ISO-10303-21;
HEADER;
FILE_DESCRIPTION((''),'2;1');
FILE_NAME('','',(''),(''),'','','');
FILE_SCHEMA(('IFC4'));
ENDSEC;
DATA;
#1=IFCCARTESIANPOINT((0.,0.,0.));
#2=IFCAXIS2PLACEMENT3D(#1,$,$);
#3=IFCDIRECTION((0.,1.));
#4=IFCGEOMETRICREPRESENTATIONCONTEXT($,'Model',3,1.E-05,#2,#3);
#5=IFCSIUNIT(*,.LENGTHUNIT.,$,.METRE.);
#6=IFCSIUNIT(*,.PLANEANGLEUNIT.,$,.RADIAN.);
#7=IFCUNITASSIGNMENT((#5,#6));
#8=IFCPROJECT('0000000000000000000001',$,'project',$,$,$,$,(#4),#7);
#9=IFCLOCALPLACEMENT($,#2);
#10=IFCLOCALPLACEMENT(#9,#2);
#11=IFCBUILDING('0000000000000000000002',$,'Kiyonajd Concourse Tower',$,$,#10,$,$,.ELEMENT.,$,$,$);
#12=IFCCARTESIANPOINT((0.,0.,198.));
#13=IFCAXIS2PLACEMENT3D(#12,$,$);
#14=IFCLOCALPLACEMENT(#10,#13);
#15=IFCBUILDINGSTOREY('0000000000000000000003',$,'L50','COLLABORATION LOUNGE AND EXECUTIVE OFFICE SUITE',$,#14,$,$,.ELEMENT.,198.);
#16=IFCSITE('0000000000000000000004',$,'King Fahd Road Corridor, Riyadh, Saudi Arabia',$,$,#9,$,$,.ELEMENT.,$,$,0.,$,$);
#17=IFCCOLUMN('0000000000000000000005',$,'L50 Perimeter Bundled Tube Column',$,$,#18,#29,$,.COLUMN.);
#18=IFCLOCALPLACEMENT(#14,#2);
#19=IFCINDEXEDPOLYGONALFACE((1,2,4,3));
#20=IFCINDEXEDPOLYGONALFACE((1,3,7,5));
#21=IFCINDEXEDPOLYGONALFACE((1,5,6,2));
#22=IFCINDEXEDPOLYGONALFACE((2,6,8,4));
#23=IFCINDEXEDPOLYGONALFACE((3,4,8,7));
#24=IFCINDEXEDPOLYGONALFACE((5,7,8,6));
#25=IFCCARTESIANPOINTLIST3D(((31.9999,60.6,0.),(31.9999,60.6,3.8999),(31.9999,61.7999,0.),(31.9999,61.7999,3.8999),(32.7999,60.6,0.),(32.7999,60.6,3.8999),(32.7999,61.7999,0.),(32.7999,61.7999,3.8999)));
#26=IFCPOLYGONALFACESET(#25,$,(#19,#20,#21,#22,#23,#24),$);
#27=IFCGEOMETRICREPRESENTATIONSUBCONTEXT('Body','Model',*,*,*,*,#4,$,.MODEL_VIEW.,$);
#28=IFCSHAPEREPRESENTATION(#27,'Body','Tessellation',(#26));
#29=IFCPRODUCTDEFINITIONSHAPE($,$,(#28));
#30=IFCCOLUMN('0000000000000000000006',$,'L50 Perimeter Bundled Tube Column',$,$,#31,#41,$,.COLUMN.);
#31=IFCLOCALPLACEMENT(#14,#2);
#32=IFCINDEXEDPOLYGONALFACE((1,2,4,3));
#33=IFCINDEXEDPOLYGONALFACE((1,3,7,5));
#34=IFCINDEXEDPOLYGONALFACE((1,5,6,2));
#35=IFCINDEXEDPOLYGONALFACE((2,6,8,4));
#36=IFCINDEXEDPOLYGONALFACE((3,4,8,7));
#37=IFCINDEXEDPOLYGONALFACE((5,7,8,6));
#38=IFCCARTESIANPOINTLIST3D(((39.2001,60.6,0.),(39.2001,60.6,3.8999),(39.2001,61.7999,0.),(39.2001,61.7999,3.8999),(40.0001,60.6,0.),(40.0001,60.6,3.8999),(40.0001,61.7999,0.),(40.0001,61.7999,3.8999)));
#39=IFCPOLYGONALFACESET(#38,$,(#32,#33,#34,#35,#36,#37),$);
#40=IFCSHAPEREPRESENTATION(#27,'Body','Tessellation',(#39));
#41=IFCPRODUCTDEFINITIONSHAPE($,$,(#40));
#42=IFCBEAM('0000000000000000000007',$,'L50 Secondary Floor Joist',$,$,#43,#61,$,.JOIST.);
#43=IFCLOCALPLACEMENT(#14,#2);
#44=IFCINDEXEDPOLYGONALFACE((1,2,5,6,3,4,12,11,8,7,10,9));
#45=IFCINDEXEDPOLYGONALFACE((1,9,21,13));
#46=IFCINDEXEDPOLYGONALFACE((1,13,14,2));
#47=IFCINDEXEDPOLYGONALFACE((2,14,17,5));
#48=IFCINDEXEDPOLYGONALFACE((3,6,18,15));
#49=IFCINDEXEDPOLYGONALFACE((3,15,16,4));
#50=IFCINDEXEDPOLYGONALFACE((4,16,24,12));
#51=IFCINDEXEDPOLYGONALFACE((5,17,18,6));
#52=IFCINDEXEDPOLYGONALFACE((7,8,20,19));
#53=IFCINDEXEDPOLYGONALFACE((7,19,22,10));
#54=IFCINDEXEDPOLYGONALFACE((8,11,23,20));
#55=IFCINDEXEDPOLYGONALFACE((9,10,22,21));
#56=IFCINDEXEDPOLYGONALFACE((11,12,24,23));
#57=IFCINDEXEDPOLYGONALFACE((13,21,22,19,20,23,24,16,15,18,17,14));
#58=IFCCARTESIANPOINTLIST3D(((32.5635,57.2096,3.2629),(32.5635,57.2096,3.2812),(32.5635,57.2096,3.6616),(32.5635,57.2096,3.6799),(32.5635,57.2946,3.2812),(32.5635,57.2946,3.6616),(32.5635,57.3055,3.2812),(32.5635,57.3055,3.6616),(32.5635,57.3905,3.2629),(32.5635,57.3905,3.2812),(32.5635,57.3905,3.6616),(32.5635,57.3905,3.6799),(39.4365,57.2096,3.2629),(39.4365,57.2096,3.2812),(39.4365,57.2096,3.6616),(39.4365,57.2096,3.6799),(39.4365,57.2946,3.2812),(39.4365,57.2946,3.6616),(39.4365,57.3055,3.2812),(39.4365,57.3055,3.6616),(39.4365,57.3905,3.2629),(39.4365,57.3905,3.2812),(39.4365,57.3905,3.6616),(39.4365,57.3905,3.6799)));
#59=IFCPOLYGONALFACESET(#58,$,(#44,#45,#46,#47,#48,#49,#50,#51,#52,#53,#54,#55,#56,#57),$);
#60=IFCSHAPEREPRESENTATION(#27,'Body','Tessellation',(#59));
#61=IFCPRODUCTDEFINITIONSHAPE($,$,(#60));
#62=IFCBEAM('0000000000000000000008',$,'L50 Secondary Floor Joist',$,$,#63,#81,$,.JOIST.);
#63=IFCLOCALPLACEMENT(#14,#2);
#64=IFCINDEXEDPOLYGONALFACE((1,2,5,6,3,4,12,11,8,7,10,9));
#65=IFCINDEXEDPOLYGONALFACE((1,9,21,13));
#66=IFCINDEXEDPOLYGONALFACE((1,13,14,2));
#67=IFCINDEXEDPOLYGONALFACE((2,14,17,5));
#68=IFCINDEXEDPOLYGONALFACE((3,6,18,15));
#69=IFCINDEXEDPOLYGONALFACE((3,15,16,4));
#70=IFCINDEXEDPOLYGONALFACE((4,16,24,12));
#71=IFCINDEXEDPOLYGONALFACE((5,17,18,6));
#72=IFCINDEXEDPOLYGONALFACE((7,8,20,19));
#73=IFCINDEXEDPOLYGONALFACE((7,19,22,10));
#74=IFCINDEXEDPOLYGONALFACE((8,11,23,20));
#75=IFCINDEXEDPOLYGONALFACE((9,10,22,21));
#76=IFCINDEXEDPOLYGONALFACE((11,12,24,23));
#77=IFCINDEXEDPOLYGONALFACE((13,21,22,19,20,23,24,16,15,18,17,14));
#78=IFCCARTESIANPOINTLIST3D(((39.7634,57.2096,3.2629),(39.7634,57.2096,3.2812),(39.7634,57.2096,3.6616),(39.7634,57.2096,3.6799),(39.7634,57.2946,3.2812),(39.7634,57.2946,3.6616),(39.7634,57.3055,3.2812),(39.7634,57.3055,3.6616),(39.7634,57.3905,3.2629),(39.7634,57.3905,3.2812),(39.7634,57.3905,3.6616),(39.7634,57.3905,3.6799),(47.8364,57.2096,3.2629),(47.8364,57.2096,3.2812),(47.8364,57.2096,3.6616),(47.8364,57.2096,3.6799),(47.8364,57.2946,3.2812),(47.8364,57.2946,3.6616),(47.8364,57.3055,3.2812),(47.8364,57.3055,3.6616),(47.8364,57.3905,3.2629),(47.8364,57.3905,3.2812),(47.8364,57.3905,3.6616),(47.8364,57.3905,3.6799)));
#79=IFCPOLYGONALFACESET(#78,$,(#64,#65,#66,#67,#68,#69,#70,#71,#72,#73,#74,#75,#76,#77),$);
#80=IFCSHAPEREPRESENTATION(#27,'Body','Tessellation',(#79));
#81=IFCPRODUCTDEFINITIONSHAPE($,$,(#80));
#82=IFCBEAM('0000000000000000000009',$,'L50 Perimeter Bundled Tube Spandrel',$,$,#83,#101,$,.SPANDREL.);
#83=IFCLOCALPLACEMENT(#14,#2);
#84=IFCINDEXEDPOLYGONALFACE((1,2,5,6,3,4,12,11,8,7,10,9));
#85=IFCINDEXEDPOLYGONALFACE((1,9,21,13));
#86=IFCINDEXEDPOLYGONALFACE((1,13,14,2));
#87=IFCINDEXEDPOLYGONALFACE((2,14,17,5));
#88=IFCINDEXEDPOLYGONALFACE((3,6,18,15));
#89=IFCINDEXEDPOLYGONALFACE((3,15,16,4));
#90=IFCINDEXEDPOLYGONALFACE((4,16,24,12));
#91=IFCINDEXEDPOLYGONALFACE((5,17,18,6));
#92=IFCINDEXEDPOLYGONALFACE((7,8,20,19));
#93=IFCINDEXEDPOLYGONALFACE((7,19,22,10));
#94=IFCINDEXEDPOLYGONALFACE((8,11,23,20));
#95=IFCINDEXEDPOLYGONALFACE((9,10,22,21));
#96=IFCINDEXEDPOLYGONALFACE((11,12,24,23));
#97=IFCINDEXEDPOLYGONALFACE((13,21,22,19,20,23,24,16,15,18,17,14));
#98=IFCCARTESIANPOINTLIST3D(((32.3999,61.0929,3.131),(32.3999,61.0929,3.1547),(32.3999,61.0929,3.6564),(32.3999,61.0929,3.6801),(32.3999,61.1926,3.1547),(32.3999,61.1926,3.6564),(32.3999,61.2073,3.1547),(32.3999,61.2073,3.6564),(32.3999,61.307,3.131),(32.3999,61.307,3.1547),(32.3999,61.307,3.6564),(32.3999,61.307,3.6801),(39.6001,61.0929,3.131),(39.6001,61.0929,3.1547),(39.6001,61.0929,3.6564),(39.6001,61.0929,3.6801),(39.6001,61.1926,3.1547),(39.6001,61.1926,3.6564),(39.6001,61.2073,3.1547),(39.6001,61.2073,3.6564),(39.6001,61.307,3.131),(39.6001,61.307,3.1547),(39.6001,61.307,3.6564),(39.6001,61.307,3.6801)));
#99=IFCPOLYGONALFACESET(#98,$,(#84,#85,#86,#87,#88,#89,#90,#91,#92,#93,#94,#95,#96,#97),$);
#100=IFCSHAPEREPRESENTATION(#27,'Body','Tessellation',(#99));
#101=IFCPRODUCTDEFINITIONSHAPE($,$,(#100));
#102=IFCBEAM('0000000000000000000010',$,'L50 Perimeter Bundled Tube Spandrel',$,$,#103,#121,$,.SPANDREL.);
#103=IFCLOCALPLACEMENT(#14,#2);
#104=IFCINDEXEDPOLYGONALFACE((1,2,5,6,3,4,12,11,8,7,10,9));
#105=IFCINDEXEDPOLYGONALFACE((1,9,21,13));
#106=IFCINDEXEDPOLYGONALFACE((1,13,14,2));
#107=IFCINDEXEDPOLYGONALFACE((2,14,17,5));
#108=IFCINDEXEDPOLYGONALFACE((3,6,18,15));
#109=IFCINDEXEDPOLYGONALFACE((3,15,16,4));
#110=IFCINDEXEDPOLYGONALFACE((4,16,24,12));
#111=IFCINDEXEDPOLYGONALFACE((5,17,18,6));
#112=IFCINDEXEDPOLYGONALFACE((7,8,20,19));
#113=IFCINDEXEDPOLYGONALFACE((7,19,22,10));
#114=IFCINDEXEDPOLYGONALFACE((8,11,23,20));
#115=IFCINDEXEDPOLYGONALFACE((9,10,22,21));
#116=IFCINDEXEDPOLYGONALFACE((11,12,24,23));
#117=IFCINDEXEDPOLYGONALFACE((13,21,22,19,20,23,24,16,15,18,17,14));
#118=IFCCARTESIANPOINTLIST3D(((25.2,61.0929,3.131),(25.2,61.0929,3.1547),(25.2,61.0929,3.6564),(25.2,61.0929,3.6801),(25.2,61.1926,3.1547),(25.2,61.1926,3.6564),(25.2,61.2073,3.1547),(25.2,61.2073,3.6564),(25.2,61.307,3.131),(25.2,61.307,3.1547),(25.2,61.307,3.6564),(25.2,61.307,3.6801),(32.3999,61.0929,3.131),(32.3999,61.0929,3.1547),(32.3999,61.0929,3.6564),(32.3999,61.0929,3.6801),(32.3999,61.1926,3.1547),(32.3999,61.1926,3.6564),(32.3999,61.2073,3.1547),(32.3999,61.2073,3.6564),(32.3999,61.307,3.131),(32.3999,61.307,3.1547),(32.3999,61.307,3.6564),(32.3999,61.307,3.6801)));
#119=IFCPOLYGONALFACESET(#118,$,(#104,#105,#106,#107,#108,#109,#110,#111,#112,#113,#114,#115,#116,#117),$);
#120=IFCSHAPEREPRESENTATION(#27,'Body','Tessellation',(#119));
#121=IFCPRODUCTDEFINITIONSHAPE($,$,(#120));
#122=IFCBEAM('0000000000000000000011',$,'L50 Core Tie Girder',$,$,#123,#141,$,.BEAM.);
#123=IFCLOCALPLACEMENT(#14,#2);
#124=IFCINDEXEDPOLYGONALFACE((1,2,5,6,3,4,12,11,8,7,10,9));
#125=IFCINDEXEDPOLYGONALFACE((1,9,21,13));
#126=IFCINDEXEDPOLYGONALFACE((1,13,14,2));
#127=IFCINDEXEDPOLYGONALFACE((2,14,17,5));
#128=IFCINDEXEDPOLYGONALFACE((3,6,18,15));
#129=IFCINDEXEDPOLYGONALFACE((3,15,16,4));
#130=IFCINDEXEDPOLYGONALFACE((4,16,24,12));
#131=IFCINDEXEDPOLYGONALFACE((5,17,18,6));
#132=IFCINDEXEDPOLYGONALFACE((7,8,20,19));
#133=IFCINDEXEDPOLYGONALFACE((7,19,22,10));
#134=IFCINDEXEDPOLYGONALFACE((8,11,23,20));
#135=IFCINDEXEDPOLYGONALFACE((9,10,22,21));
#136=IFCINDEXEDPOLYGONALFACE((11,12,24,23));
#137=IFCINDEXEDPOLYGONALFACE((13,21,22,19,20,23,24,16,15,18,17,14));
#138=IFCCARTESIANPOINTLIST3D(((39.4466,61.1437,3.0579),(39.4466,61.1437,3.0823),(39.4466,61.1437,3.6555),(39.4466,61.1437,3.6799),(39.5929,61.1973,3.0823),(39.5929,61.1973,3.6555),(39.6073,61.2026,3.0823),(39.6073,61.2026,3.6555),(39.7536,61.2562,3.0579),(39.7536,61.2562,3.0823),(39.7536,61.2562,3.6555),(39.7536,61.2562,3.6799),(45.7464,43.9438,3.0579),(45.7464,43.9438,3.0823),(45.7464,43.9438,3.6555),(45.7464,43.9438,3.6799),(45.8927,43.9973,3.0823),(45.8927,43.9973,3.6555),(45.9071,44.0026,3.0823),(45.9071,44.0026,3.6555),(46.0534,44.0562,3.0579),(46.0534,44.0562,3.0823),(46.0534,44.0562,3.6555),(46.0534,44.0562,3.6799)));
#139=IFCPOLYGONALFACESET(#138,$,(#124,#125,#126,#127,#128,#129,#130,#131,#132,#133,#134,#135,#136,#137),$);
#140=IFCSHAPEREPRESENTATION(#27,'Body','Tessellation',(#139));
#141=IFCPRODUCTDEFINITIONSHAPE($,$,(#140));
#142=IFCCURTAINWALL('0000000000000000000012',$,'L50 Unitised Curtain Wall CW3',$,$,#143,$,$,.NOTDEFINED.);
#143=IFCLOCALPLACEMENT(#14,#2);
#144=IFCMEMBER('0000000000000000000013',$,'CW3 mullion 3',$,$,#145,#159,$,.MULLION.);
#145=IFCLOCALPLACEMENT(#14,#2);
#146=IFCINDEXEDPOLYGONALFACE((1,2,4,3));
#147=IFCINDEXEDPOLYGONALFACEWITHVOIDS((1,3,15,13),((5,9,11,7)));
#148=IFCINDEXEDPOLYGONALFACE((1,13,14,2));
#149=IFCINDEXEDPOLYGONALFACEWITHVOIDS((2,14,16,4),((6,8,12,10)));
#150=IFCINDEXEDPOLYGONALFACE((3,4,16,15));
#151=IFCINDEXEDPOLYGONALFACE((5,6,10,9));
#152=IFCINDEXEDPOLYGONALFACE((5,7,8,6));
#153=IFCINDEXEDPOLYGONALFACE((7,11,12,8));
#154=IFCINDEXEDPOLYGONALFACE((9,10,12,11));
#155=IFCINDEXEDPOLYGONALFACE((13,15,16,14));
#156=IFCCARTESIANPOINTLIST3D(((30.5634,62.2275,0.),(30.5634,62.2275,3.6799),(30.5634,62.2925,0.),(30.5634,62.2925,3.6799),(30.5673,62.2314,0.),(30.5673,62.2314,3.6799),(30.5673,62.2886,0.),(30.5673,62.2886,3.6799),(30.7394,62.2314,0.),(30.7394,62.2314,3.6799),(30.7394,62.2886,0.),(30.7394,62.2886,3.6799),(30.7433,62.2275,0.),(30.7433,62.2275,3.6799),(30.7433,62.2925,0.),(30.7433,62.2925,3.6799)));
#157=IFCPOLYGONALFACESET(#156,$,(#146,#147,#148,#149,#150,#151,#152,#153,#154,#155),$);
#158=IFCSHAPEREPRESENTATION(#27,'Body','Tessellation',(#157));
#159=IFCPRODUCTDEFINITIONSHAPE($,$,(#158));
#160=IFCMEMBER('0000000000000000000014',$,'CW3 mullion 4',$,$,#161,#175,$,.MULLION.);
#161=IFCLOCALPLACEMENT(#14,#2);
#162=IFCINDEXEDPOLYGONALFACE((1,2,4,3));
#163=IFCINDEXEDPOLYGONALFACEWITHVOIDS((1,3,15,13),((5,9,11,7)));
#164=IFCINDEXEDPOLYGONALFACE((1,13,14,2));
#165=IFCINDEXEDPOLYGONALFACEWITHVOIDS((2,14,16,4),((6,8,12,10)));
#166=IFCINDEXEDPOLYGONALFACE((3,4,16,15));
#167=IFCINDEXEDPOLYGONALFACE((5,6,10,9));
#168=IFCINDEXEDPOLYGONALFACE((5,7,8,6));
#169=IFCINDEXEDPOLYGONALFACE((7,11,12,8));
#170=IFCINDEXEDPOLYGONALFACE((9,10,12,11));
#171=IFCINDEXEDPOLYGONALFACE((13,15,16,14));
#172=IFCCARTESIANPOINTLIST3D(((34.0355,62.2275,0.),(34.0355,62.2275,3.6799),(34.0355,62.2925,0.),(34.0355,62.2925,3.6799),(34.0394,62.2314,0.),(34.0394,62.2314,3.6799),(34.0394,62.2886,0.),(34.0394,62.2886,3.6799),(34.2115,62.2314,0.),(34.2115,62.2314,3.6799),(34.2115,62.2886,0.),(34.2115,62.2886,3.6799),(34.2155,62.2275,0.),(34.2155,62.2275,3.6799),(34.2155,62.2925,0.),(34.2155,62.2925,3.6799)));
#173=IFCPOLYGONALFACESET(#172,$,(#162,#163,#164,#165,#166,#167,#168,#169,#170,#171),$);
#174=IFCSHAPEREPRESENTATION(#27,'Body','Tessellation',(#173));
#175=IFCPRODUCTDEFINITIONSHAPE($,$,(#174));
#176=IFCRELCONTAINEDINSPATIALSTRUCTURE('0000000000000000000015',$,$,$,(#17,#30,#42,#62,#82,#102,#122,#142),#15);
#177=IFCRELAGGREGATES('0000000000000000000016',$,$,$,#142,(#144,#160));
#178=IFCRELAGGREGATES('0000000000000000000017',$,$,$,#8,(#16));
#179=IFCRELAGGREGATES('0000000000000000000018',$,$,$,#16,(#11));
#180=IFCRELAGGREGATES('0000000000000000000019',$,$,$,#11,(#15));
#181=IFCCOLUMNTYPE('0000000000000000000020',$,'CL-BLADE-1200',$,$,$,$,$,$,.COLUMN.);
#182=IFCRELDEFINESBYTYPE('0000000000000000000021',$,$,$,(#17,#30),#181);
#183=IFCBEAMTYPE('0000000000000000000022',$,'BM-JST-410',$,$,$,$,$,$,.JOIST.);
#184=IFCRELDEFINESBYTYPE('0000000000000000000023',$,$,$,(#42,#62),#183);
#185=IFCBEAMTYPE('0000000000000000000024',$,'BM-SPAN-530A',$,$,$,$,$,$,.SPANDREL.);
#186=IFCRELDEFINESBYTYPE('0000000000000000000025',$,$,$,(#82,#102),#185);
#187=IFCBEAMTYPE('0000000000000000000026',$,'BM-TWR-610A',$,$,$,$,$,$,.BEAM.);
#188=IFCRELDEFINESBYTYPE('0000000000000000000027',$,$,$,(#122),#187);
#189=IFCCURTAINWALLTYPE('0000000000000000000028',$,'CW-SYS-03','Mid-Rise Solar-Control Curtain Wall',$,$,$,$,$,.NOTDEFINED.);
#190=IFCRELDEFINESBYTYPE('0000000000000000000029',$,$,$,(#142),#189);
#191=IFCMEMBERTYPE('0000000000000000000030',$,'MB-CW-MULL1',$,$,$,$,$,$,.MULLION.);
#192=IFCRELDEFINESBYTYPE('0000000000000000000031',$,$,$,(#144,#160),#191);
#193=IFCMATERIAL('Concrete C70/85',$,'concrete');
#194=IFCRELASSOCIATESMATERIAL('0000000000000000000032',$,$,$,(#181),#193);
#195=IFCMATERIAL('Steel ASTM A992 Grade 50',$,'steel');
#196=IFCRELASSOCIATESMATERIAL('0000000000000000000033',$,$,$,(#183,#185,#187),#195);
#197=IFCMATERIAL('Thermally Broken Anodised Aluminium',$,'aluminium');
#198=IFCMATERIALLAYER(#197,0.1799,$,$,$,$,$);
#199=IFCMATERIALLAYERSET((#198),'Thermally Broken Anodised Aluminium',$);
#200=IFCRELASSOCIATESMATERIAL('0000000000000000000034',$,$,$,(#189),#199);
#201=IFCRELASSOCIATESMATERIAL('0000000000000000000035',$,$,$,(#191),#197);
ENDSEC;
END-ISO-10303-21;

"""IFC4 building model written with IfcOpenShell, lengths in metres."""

from ifc_helpers import new_model, si_unit, direction, frame, origin, origin_2d, place, context, subcontext, project, spatial, rectangle, hollow_rectangle, i_section, extrude, material, layer, layer_set, material_profile, profile_set, type_object, element, aggregate, save


model = new_model("IFC4")

# Units and contexts
model_context = context("Model", 3, precision=1e-05, world=origin(), true_north=direction((0.0, 1.0)))
body_context = subcontext(model_context, "Body", "Model", "MODEL_VIEW")
ifc_project = project(units=[si_unit("LENGTHUNIT", "METRE"), si_unit("PLANEANGLEUNIT", "RADIAN")], contexts=[model_context])

# Site, building, storey
site_placement = place(None, origin())
site = spatial("IfcSite", under=ifc_project, at=site_placement, Name="King Fahd Road Corridor, Riyadh, Saudi Arabia", CompositionType="ELEMENT", RefElevation=0.0)
building_placement = place(site_placement, origin())
building = spatial("IfcBuilding", under=site, at=building_placement, Name="Kiyonajd Concourse Tower", CompositionType="ELEMENT")
storey_placement = place(building_placement, frame((0.0, 0.0, 198.0)))
storey = spatial("IfcBuildingStorey", under=building, at=storey_placement, Name="L50", Description="COLLABORATION LOUNGE AND EXECUTIVE OFFICE SUITE", CompositionType="ELEMENT", Elevation=198.0)

# Columns
ifc_material_1 = material(Name="Concrete C70/85", Category="concrete")
ifc_material_profile_1 = material_profile(ifc_material_1, rectangle(XDim=0.8, YDim=1.2, at=origin_2d()), Name="RC-1200x800")
ifc_profile_set_1 = profile_set([ifc_material_profile_1], Name="Concrete C70/85")
column_type = type_object("IfcColumnType", Name="CL-BLADE-1200", PredefinedType="COLUMN", material=ifc_profile_set_1)
for number, where, z_axis, x_axis, name in (
    (1, (32.3999, 61.2, 0.0), (0.0, 0.0, 1.0), (1.0, 0.0, 0.0), "L50 Perimeter Bundled Tube Column"),
    (2, (39.6001, 61.2, 0.0), (0.0, 0.0, 1.0), (1.0, 0.0, 0.0), "L50 Perimeter Bundled Tube Column"),
):
    element("IfcColumn", number, at=place(storey_placement, frame(where, z_axis=z_axis, x_axis=x_axis)), inside=storey, type_object=column_type, Name=name, PredefinedType="COLUMN", context=body_context, shape_type="SweptSolid", body=[
        extrude(rectangle(XDim=0.8, YDim=1.2, at=origin_2d()), origin(), (0.0, 0.0, 1.0), 3.8999),
    ])

# Beams
ifc_material_2 = material(Name="Steel ASTM A992 Grade 50", Category="steel")
ifc_material_profile_2 = material_profile(ifc_material_2, i_section(OverallWidth=0.1809, OverallDepth=0.417, WebThickness=0.011, FlangeThickness=0.0183, at=origin_2d()), Name="W410X85")
ifc_profile_set_2 = profile_set([ifc_material_profile_2], Name="Steel ASTM A992 Grade 50")
beam_type_1 = type_object("IfcBeamType", Name="BM-JST-410", PredefinedType="JOIST", material=ifc_profile_set_2)
beam_1_placement = place(storey_placement, frame((32.5635, 57.3, 3.4714), z_axis=(1.0, 0.0, 0.0), x_axis=(0.0, 1.0, 0.0)))
element("IfcBeam", 3, at=beam_1_placement, inside=storey, type_object=beam_type_1, Name="L50 Secondary Floor Joist", PredefinedType="JOIST", context=body_context, shape_type="SweptSolid", body=[
    extrude(i_section(OverallWidth=0.1809, OverallDepth=0.417, WebThickness=0.011, FlangeThickness=0.0183, at=origin_2d()), origin(), (0.0, 0.0, 1.0), 6.873),
])
beam_2_placement = place(storey_placement, frame((39.7634, 57.3, 3.4714), z_axis=(1.0, 0.0, 0.0), x_axis=(0.0, 1.0, 0.0)))
element("IfcBeam", 4, at=beam_2_placement, inside=storey, type_object=beam_type_1, Name="L50 Secondary Floor Joist", PredefinedType="JOIST", context=body_context, shape_type="SweptSolid", body=[
    extrude(i_section(OverallWidth=0.1809, OverallDepth=0.417, WebThickness=0.011, FlangeThickness=0.0183, at=origin_2d()), origin(), (0.0, 0.0, 1.0), 8.073),
])
ifc_material_profile_3 = material_profile(ifc_material_2, i_section(OverallWidth=0.2141, OverallDepth=0.5491, WebThickness=0.0146, FlangeThickness=0.0237, at=origin_2d()), Name="W530X138")
ifc_profile_set_3 = profile_set([ifc_material_profile_3], Name="Steel ASTM A992 Grade 50")
beam_type_2 = type_object("IfcBeamType", Name="BM-SPAN-530A", PredefinedType="SPANDREL", material=ifc_profile_set_3)
beam_3_placement = place(storey_placement, frame((39.6001, 61.2, 3.4055), z_axis=(-1.0, 0.0, 0.0), x_axis=(0.0, -1.0, 0.0)))
element("IfcBeam", 5, at=beam_3_placement, inside=storey, type_object=beam_type_2, Name="L50 Perimeter Bundled Tube Spandrel", PredefinedType="SPANDREL", context=body_context, shape_type="SweptSolid", body=[
    extrude(i_section(OverallWidth=0.2141, OverallDepth=0.5491, WebThickness=0.0146, FlangeThickness=0.0237, at=origin_2d()), origin(), (0.0, 0.0, 1.0), 7.2002),
])
beam_4_placement = place(storey_placement, frame((32.3999, 61.2, 3.4055), z_axis=(-1.0, 0.0, 0.0), x_axis=(0.0, -1.0, 0.0)))
element("IfcBeam", 6, at=beam_4_placement, inside=storey, type_object=beam_type_2, Name="L50 Perimeter Bundled Tube Spandrel", PredefinedType="SPANDREL", context=body_context, shape_type="SweptSolid", body=[
    extrude(i_section(OverallWidth=0.2141, OverallDepth=0.5491, WebThickness=0.0146, FlangeThickness=0.0237, at=origin_2d()), origin(), (0.0, 0.0, 1.0), 7.2),
])
ifc_material_profile_4 = material_profile(ifc_material_2, i_section(OverallWidth=0.3269, OverallDepth=0.6221, WebThickness=0.0154, FlangeThickness=0.0244, at=origin_2d()), Name="W610X195")
ifc_profile_set_4 = profile_set([ifc_material_profile_4], Name="Steel ASTM A992 Grade 50")
beam_type_3 = type_object("IfcBeamType", Name="BM-TWR-610A", PredefinedType="BEAM", material=ifc_profile_set_4)
beam_5_placement = place(storey_placement, frame((39.6001, 61.2, 3.3689), z_axis=(0.343925, -0.938997, 0.0), x_axis=(0.938997, 0.343925, 0.0)))
element("IfcBeam", 7, at=beam_5_placement, inside=storey, type_object=beam_type_3, Name="L50 Core Tie Girder", PredefinedType="BEAM", context=body_context, shape_type="SweptSolid", body=[
    extrude(i_section(OverallWidth=0.3269, OverallDepth=0.6221, WebThickness=0.0154, FlangeThickness=0.0244, at=origin_2d()), origin(), (0.0, 0.0, 1.0), 18.3174),
])

# Curtain wall, members
ifc_material_3 = material(Name="Thermally Broken Anodised Aluminium", Category="aluminium")
ifc_layer_1 = layer(ifc_material_3, 0.1799)
ifc_layer_set_1 = layer_set([ifc_layer_1], Name="Thermally Broken Anodised Aluminium")
curtain_wall_type = type_object("IfcCurtainWallType", Name="CW-SYS-03", Description="Mid-Rise Solar-Control Curtain Wall", PredefinedType="NOTDEFINED", material=ifc_layer_set_1)
curtain_wall_placement = place(storey_placement, origin())
curtain_wall = element("IfcCurtainWall", 8, at=curtain_wall_placement, inside=storey, type_object=curtain_wall_type, Name="L50 Unitised Curtain Wall CW3", PredefinedType="NOTDEFINED")
ifc_material_profile_5 = material_profile(ifc_material_3, hollow_rectangle(XDim=0.0649, YDim=0.1799, WallThickness=0.0039, at=origin_2d()), Name="MULL-65x180")
ifc_profile_set_5 = profile_set([ifc_material_profile_5], Name="Thermally Broken Anodised Aluminium")
member_type_1 = type_object("IfcMemberType", Name="MB-CW-MULL1", PredefinedType="MULLION", material=ifc_profile_set_5)
member_1_placement = place(storey_placement, frame((30.6533, 62.26, 0.0), z_axis=(0.0, 0.0, 1.0), x_axis=(0.0, 1.0, 0.0)))
member_1 = element("IfcMember", 9, at=member_1_placement, type_object=member_type_1, Name="CW3 mullion 3", PredefinedType="MULLION", context=body_context, shape_type="SweptSolid", body=[
    extrude(hollow_rectangle(XDim=0.0649, YDim=0.1799, WallThickness=0.0039, at=origin_2d()), origin(), (0.0, 0.0, 1.0), 3.6799),
])
member_2_placement = place(storey_placement, frame((34.1255, 62.26, 0.0), z_axis=(0.0, 0.0, 1.0), x_axis=(0.0, 1.0, 0.0)))
member_2 = element("IfcMember", 10, at=member_2_placement, type_object=member_type_1, Name="CW3 mullion 4", PredefinedType="MULLION", context=body_context, shape_type="SweptSolid", body=[
    extrude(hollow_rectangle(XDim=0.0649, YDim=0.1799, WallThickness=0.0039, at=origin_2d()), origin(), (0.0, 0.0, 1.0), 3.6799),
])

aggregate(curtain_wall, [member_1, member_2])

save(model, "model.ifc")
